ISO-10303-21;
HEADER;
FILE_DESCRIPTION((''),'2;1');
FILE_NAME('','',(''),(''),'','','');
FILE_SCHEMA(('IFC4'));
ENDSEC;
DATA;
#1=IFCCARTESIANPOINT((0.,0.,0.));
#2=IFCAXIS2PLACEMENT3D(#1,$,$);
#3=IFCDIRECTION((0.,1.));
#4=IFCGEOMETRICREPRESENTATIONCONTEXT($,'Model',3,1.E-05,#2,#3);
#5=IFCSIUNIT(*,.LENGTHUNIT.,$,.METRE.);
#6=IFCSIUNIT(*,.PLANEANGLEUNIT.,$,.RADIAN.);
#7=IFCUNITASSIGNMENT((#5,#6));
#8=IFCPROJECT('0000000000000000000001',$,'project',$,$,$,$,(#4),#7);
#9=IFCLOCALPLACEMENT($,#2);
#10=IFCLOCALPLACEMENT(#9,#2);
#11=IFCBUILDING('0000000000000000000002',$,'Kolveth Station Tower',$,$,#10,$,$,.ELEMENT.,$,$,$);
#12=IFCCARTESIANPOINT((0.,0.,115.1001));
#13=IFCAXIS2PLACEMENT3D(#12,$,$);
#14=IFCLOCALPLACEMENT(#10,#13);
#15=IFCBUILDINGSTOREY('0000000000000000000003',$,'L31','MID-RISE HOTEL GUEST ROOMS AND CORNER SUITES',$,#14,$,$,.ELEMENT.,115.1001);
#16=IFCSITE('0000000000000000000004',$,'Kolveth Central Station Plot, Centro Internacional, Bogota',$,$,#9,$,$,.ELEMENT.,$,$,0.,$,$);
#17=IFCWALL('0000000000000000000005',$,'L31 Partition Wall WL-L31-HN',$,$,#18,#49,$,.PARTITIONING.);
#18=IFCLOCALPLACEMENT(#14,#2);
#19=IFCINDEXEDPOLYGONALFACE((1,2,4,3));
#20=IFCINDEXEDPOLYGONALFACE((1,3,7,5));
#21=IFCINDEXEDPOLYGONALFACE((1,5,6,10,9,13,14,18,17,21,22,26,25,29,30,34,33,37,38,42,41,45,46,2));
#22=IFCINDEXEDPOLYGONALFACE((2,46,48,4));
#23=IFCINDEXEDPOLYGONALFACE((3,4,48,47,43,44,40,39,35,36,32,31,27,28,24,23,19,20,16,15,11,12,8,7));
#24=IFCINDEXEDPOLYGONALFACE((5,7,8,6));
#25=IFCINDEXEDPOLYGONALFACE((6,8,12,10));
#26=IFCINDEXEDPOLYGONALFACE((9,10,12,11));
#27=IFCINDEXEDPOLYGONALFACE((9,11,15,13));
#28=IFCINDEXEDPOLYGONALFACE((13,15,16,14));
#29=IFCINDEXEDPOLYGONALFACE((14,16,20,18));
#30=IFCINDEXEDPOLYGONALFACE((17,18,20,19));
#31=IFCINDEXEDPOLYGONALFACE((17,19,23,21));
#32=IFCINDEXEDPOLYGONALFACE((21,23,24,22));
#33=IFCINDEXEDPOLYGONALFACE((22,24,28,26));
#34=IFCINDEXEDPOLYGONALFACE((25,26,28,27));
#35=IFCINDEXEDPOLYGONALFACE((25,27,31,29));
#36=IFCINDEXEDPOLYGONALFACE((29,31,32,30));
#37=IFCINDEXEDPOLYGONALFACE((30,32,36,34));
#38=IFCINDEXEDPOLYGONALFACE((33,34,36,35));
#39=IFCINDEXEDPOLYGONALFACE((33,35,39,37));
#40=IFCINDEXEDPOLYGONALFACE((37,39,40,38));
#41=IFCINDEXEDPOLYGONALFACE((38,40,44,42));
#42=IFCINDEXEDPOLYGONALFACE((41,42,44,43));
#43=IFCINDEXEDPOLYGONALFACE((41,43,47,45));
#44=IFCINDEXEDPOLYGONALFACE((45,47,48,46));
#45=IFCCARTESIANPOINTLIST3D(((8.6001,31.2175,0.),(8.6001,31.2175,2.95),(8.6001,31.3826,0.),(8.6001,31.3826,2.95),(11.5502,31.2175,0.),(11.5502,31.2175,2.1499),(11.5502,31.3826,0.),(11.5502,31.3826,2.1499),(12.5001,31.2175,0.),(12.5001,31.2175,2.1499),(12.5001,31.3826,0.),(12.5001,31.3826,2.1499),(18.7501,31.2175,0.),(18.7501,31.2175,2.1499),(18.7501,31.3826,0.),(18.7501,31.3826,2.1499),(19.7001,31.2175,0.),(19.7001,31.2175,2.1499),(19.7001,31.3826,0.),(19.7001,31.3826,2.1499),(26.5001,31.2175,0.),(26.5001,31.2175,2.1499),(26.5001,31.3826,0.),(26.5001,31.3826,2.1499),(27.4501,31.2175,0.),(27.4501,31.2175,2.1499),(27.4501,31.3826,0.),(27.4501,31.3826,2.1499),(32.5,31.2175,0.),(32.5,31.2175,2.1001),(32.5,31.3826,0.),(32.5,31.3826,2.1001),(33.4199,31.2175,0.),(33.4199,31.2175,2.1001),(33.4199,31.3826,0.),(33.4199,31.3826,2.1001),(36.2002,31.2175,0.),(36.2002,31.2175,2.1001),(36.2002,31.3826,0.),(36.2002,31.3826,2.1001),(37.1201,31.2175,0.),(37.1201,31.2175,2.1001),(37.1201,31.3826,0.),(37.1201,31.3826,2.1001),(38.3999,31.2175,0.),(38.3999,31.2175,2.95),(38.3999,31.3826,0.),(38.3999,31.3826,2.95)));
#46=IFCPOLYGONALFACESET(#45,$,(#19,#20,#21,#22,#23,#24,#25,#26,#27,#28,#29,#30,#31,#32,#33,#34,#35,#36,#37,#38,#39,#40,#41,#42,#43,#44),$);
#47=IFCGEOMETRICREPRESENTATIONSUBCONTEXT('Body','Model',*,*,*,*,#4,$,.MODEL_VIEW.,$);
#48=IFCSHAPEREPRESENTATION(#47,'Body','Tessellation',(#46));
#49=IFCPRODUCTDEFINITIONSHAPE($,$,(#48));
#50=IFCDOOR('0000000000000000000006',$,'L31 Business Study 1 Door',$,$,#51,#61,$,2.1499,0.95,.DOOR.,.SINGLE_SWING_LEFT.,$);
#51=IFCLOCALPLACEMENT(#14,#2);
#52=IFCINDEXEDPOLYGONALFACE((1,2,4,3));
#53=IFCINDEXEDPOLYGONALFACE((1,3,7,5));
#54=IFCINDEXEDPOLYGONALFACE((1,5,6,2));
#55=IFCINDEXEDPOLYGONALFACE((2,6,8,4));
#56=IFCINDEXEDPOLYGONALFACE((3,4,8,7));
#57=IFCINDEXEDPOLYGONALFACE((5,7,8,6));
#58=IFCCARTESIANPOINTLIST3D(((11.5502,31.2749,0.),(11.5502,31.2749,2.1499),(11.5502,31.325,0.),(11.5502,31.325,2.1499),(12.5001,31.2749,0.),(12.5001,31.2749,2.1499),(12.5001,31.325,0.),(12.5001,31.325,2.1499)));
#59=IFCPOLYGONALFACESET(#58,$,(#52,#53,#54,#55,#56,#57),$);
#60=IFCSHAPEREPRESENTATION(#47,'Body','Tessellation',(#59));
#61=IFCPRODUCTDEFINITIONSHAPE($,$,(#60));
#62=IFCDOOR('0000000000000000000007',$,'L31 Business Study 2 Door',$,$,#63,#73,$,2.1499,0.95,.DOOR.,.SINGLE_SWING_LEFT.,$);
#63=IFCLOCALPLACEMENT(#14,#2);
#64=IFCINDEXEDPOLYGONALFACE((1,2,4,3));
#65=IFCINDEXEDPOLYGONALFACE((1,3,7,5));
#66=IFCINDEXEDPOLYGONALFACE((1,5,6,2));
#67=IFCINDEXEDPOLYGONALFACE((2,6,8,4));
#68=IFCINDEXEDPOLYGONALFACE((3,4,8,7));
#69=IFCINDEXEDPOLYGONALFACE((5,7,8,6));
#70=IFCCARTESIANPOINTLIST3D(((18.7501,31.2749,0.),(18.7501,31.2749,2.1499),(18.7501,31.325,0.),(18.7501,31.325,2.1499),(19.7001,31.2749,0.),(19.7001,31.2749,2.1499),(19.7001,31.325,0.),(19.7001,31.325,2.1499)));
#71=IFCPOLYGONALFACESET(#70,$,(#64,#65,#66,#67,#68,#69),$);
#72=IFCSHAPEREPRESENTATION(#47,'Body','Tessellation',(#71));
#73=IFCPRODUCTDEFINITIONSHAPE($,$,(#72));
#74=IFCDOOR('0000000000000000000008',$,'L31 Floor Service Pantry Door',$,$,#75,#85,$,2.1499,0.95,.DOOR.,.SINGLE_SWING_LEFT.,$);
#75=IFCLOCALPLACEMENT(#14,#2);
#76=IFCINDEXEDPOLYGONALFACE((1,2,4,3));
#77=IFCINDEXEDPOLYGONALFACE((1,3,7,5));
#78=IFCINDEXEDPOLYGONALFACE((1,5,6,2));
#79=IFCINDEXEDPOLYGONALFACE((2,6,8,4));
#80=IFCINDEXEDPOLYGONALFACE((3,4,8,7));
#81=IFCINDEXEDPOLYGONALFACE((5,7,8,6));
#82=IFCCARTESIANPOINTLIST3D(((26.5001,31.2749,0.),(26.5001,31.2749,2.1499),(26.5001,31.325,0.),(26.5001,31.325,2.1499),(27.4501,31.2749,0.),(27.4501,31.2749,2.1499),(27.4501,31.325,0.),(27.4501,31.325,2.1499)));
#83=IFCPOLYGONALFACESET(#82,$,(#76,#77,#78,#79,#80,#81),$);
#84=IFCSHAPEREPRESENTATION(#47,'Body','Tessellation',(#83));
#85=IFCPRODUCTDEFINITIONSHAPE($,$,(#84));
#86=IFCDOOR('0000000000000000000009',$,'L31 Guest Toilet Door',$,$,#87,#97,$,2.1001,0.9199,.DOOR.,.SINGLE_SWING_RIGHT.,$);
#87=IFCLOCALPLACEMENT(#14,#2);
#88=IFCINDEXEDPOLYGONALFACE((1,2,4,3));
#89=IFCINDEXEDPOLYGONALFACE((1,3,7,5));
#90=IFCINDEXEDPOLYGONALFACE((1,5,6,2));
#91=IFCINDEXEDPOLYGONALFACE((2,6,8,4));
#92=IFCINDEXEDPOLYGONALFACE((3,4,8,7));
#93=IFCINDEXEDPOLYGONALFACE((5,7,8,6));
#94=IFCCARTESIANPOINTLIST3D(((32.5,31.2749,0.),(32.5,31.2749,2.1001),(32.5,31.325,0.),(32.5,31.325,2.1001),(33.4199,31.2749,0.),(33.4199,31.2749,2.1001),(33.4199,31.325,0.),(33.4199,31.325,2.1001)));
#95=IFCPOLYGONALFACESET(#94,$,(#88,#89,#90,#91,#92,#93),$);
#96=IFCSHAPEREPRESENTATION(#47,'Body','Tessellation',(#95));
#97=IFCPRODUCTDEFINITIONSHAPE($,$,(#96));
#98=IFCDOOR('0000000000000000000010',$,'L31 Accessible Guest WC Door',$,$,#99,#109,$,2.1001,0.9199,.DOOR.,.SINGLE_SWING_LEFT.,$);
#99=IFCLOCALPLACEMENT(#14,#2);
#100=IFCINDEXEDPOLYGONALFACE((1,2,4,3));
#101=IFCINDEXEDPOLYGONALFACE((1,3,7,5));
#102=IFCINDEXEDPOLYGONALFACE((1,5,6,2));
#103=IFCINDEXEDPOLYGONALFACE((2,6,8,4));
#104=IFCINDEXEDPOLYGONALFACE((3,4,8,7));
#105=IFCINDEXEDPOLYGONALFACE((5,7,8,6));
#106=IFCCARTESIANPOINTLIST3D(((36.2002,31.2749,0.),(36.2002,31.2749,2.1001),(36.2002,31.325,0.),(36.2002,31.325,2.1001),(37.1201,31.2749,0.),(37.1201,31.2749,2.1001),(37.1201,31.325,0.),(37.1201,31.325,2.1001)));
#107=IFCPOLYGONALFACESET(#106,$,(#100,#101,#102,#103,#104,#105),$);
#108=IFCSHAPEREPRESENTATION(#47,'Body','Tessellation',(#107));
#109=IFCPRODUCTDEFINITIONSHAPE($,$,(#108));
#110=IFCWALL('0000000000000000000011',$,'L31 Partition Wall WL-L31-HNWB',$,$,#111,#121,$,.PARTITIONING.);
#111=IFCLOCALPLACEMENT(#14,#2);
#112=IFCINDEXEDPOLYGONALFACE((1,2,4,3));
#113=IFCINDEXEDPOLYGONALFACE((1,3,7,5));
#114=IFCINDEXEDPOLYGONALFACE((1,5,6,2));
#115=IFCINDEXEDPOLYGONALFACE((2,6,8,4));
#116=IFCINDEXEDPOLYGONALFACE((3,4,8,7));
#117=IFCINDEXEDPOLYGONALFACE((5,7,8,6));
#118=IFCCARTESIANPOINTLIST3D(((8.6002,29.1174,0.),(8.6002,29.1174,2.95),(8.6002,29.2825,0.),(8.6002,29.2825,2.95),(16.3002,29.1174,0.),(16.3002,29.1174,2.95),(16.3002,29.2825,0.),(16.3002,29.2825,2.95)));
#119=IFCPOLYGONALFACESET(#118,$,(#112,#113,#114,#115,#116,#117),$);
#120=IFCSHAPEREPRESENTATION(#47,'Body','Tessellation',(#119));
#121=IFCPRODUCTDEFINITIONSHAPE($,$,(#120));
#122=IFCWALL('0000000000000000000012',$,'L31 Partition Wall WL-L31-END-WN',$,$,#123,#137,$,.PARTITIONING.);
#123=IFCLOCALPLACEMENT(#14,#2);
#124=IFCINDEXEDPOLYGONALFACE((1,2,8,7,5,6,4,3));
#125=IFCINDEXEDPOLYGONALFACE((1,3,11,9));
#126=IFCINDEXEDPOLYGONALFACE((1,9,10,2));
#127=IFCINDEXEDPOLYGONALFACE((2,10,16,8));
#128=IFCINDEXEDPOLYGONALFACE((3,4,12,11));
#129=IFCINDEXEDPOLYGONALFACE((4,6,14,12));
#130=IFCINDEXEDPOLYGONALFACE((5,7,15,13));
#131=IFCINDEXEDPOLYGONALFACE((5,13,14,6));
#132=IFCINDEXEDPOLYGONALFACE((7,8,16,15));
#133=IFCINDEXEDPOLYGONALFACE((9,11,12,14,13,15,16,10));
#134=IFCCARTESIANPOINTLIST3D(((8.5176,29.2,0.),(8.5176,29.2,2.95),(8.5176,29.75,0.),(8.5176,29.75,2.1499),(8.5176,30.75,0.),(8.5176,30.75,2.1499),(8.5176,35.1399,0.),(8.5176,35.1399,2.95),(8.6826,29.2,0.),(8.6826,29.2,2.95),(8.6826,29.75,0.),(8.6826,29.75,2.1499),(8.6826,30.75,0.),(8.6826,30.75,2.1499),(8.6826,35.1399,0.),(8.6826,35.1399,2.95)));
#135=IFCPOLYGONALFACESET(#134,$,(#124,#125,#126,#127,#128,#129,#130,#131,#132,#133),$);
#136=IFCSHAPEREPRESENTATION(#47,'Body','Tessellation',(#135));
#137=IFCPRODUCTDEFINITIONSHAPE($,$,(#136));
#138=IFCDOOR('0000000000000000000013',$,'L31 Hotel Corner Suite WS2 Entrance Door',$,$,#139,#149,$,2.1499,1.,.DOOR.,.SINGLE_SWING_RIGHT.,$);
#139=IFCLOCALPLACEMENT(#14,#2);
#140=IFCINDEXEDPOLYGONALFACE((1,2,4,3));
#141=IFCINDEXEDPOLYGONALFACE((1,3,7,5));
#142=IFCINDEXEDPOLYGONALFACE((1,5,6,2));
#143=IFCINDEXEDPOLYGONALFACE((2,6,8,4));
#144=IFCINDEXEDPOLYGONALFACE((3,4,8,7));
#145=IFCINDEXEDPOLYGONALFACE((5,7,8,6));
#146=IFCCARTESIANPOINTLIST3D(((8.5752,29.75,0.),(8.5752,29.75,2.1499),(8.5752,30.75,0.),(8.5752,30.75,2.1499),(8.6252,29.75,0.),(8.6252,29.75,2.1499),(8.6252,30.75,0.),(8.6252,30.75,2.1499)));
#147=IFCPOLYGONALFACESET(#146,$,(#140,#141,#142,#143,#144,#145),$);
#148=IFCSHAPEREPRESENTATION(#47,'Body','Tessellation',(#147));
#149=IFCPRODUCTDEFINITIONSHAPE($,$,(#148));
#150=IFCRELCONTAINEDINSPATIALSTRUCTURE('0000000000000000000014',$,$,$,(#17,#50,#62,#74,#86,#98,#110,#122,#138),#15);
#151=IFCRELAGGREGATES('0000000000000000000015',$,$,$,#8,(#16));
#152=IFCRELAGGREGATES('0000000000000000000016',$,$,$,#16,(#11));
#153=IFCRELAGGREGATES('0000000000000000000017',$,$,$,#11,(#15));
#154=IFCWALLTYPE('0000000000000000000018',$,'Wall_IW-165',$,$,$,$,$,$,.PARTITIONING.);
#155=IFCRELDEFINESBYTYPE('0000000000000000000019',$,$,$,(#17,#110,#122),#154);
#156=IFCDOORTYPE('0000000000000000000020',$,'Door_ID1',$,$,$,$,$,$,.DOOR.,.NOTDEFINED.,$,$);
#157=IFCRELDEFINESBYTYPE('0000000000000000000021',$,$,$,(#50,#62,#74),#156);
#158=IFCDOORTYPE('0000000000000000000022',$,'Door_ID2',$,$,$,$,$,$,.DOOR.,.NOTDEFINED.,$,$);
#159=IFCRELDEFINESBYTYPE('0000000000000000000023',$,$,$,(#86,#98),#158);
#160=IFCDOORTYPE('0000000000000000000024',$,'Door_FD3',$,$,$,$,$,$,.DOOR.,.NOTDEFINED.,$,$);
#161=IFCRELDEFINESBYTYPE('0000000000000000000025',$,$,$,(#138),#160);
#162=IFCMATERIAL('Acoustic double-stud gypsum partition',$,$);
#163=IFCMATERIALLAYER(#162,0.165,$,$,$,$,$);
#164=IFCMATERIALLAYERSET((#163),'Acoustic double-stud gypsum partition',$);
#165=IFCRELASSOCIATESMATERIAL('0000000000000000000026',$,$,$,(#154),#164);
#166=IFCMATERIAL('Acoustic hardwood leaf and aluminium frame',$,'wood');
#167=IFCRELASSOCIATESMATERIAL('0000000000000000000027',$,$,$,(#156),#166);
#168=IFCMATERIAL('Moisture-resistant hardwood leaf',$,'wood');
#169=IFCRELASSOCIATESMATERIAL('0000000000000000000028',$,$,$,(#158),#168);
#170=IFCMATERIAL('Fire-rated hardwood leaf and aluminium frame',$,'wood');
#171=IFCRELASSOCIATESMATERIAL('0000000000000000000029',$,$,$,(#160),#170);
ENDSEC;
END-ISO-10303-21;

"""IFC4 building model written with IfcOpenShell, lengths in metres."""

from ifc_helpers import new_model, si_unit, direction, frame, frame_2d, origin, place, context, subcontext, project, spatial, rectangle, extrude, material, layer, layer_set, type_object, element, fill, save


model = new_model("IFC4")

# Units and contexts
model_context = context("Model", 3, precision=1e-05, world=origin(), true_north=direction((0.0, 1.0)))
body_context = subcontext(model_context, "Body", "Model", "MODEL_VIEW")
ifc_project = project(units=[si_unit("LENGTHUNIT", "METRE"), si_unit("PLANEANGLEUNIT", "RADIAN")], contexts=[model_context])

# Site, building, storey
site_placement = place(None, origin())
site = spatial("IfcSite", under=ifc_project, at=site_placement, Name="Kolveth Central Station Plot, Centro Internacional, Bogota", CompositionType="ELEMENT", RefElevation=0.0)
building_placement = place(site_placement, origin())
building = spatial("IfcBuilding", under=site, at=building_placement, Name="Kolveth Station Tower", CompositionType="ELEMENT")
storey_placement = place(building_placement, frame((0.0, 0.0, 115.1001)))
storey = spatial("IfcBuildingStorey", under=building, at=storey_placement, Name="L31", Description="MID-RISE HOTEL GUEST ROOMS AND CORNER SUITES", CompositionType="ELEMENT", Elevation=115.1001)

# Wall, openings, doors
ifc_material_1 = material(Name="Acoustic double-stud gypsum partition")
ifc_layer = layer(ifc_material_1, 0.165)
ifc_layer_set = layer_set([ifc_layer], Name="Acoustic double-stud gypsum partition")
wall_type = type_object("IfcWallType", Name="Wall_IW-165", PredefinedType="PARTITIONING", material=ifc_layer_set)
wall_1_placement = place(storey_placement, frame((8.6001, 31.3, 0.0), z_axis=(0.0, 0.0, 1.0), x_axis=(1.0, 0.0, 0.0)))
wall_1 = element("IfcWall", 1, at=wall_1_placement, inside=storey, type_object=wall_type, Name="L31 Partition Wall WL-L31-HN", PredefinedType="PARTITIONING", context=body_context, shape_type="SweptSolid", body=[
    extrude(rectangle(XDim=29.7998, YDim=0.165, at=frame_2d((14.8999, 0.0))), origin(), (0.0, 0.0, 1.0), 2.95),
])
opening_1_placement = place(wall_1_placement, frame((2.95, 0.0, 0.0)))
opening_1 = element("IfcOpeningElement", 2, at=opening_1_placement, cuts=wall_1, PredefinedType="OPENING", context=body_context, shape_type="SweptSolid", body=[
    extrude(rectangle(XDim=0.95, YDim=2.1499, at=frame_2d((0.4751, 1.075))), frame((0.0, 0.0925, 0.0), z_axis=(0.0, -1.0, 0.0), x_axis=(1.0, 0.0, 0.0)), (0.0, 0.0, 1.0), 0.1851),
])
opening_2_placement = place(wall_1_placement, frame((10.1499, 0.0, 0.0)))
opening_2 = element("IfcOpeningElement", 3, at=opening_2_placement, cuts=wall_1, PredefinedType="OPENING", context=body_context, shape_type="SweptSolid", body=[
    extrude(rectangle(XDim=0.95, YDim=2.1499, at=frame_2d((0.4751, 1.075))), frame((0.0, 0.0925, 0.0), z_axis=(0.0, -1.0, 0.0), x_axis=(1.0, 0.0, 0.0)), (0.0, 0.0, 1.0), 0.1851),
])
opening_3_placement = place(wall_1_placement, frame((17.8999, 0.0, 0.0)))
opening_3 = element("IfcOpeningElement", 4, at=opening_3_placement, cuts=wall_1, PredefinedType="OPENING", context=body_context, shape_type="SweptSolid", body=[
    extrude(rectangle(XDim=0.95, YDim=2.1499, at=frame_2d((0.4751, 1.075))), frame((0.0, 0.0925, 0.0), z_axis=(0.0, -1.0, 0.0), x_axis=(1.0, 0.0, 0.0)), (0.0, 0.0, 1.0), 0.1851),
])
opening_4_placement = place(wall_1_placement, frame((23.8999, 0.0, 0.0)))
opening_4 = element("IfcOpeningElement", 5, at=opening_4_placement, cuts=wall_1, PredefinedType="OPENING", context=body_context, shape_type="SweptSolid", body=[
    extrude(rectangle(XDim=0.9199, YDim=2.1001, at=frame_2d((0.46, 1.05))), frame((0.0, 0.0925, 0.0), z_axis=(0.0, -1.0, 0.0), x_axis=(1.0, 0.0, 0.0)), (0.0, 0.0, 1.0), 0.1851),
])
opening_5_placement = place(wall_1_placement, frame((27.6001, 0.0, 0.0)))
opening_5 = element("IfcOpeningElement", 6, at=opening_5_placement, cuts=wall_1, PredefinedType="OPENING", context=body_context, shape_type="SweptSolid", body=[
    extrude(rectangle(XDim=0.9199, YDim=2.1001, at=frame_2d((0.46, 1.05))), frame((0.0, 0.0925, 0.0), z_axis=(0.0, -1.0, 0.0), x_axis=(1.0, 0.0, 0.0)), (0.0, 0.0, 1.0), 0.1851),
])
ifc_material_2 = material(Name="Acoustic hardwood leaf and aluminium frame", Category="wood")
door_type_1 = type_object("IfcDoorType", Name="Door_ID1", OperationType="NOTDEFINED", PredefinedType="DOOR", material=ifc_material_2)
door_1_placement = place(opening_1_placement, origin())
door_1 = element("IfcDoor", 7, at=door_1_placement, inside=storey, type_object=door_type_1, Name="L31 Business Study 1 Door", OperationType="SINGLE_SWING_LEFT", OverallHeight=2.1499, OverallWidth=0.95, PredefinedType="DOOR", context=body_context, shape_type="SweptSolid", body=[
    extrude(rectangle(XDim=0.95, YDim=2.1499, at=frame_2d((0.4751, 1.075))), frame((0.0, 0.0249, 0.0), z_axis=(0.0, -1.0, 0.0), x_axis=(1.0, 0.0, 0.0)), (0.0, 0.0, 1.0), 0.05),
])
fill(opening_1, door_1)
door_2_placement = place(opening_2_placement, origin())
door_2 = element("IfcDoor", 8, at=door_2_placement, inside=storey, type_object=door_type_1, Name="L31 Business Study 2 Door", OperationType="SINGLE_SWING_LEFT", OverallHeight=2.1499, OverallWidth=0.95, PredefinedType="DOOR", context=body_context, shape_type="SweptSolid", body=[
    extrude(rectangle(XDim=0.95, YDim=2.1499, at=frame_2d((0.4751, 1.075))), frame((0.0, 0.0249, 0.0), z_axis=(0.0, -1.0, 0.0), x_axis=(1.0, 0.0, 0.0)), (0.0, 0.0, 1.0), 0.05),
])
fill(opening_2, door_2)
door_3_placement = place(opening_3_placement, origin())
door_3 = element("IfcDoor", 9, at=door_3_placement, inside=storey, type_object=door_type_1, Name="L31 Floor Service Pantry Door", OperationType="SINGLE_SWING_LEFT", OverallHeight=2.1499, OverallWidth=0.95, PredefinedType="DOOR", context=body_context, shape_type="SweptSolid", body=[
    extrude(rectangle(XDim=0.95, YDim=2.1499, at=frame_2d((0.4751, 1.075))), frame((0.0, 0.0249, 0.0), z_axis=(0.0, -1.0, 0.0), x_axis=(1.0, 0.0, 0.0)), (0.0, 0.0, 1.0), 0.05),
])
fill(opening_3, door_3)
ifc_material_3 = material(Name="Moisture-resistant hardwood leaf", Category="wood")
door_type_2 = type_object("IfcDoorType", Name="Door_ID2", OperationType="NOTDEFINED", PredefinedType="DOOR", material=ifc_material_3)
door_4_placement = place(opening_4_placement, origin())
door_4 = element("IfcDoor", 10, at=door_4_placement, inside=storey, type_object=door_type_2, Name="L31 Guest Toilet Door", OperationType="SINGLE_SWING_RIGHT", OverallHeight=2.1001, OverallWidth=0.9199, PredefinedType="DOOR", context=body_context, shape_type="SweptSolid", body=[
    extrude(rectangle(XDim=0.9199, YDim=2.1001, at=frame_2d((0.46, 1.05))), frame((0.0, 0.0249, 0.0), z_axis=(0.0, -1.0, 0.0), x_axis=(1.0, 0.0, 0.0)), (0.0, 0.0, 1.0), 0.05),
])
fill(opening_4, door_4)
door_5_placement = place(opening_5_placement, origin())
door_5 = element("IfcDoor", 11, at=door_5_placement, inside=storey, type_object=door_type_2, Name="L31 Accessible Guest WC Door", OperationType="SINGLE_SWING_LEFT", OverallHeight=2.1001, OverallWidth=0.9199, PredefinedType="DOOR", context=body_context, shape_type="SweptSolid", body=[
    extrude(rectangle(XDim=0.9199, YDim=2.1001, at=frame_2d((0.46, 1.05))), frame((0.0, 0.0249, 0.0), z_axis=(0.0, -1.0, 0.0), x_axis=(1.0, 0.0, 0.0)), (0.0, 0.0, 1.0), 0.05),
])
fill(opening_5, door_5)

# Wall
wall_2_placement = place(storey_placement, frame((8.6001, 29.2, 0.0), z_axis=(0.0, 0.0, 1.0), x_axis=(1.0, 0.0, 0.0)))
element("IfcWall", 12, at=wall_2_placement, inside=storey, type_object=wall_type, Name="L31 Partition Wall WL-L31-HNWB", PredefinedType="PARTITIONING", context=body_context, shape_type="SweptSolid", body=[
    extrude(rectangle(XDim=7.7, YDim=0.165, at=frame_2d((3.8501, 0.0))), origin(), (0.0, 0.0, 1.0), 2.95),
])

# Wall, opening, door
wall_3_placement = place(storey_placement, frame((8.6001, 29.2, 0.0), z_axis=(0.0, 0.0, 1.0), x_axis=(0.0, 1.0, 0.0)))
wall_3 = element("IfcWall", 13, at=wall_3_placement, inside=storey, type_object=wall_type, Name="L31 Partition Wall WL-L31-END-WN", PredefinedType="PARTITIONING", context=body_context, shape_type="SweptSolid", body=[
    extrude(rectangle(XDim=5.9399, YDim=0.165, at=frame_2d((2.97, 0.0))), origin(), (0.0, 0.0, 1.0), 2.95),
])
opening_6_placement = place(wall_3_placement, frame((0.55, 0.0, 0.0)))
opening_6 = element("IfcOpeningElement", 14, at=opening_6_placement, cuts=wall_3, PredefinedType="OPENING", context=body_context, shape_type="SweptSolid", body=[
    extrude(rectangle(XDim=1.0, YDim=2.1499, at=frame_2d((0.5, 1.075))), frame((0.0, 0.0925, 0.0), z_axis=(0.0, -1.0, 0.0), x_axis=(1.0, 0.0, 0.0)), (0.0, 0.0, 1.0), 0.1851),
])
ifc_material_4 = material(Name="Fire-rated hardwood leaf and aluminium frame", Category="wood")
door_type_3 = type_object("IfcDoorType", Name="Door_FD3", OperationType="NOTDEFINED", PredefinedType="DOOR", material=ifc_material_4)
door_6_placement = place(opening_6_placement, origin())
door_6 = element("IfcDoor", 15, at=door_6_placement, inside=storey, type_object=door_type_3, Name="L31 Hotel Corner Suite WS2 Entrance Door", OperationType="SINGLE_SWING_RIGHT", OverallHeight=2.1499, OverallWidth=1.0, PredefinedType="DOOR", context=body_context, shape_type="SweptSolid", body=[
    extrude(rectangle(XDim=1.0, YDim=2.1499, at=frame_2d((0.5, 1.075))), frame((0.0, 0.0249, 0.0), z_axis=(0.0, -1.0, 0.0), x_axis=(1.0, 0.0, 0.0)), (0.0, 0.0, 1.0), 0.05),
])
fill(opening_6, door_6)

save(model, "model.ifc")
